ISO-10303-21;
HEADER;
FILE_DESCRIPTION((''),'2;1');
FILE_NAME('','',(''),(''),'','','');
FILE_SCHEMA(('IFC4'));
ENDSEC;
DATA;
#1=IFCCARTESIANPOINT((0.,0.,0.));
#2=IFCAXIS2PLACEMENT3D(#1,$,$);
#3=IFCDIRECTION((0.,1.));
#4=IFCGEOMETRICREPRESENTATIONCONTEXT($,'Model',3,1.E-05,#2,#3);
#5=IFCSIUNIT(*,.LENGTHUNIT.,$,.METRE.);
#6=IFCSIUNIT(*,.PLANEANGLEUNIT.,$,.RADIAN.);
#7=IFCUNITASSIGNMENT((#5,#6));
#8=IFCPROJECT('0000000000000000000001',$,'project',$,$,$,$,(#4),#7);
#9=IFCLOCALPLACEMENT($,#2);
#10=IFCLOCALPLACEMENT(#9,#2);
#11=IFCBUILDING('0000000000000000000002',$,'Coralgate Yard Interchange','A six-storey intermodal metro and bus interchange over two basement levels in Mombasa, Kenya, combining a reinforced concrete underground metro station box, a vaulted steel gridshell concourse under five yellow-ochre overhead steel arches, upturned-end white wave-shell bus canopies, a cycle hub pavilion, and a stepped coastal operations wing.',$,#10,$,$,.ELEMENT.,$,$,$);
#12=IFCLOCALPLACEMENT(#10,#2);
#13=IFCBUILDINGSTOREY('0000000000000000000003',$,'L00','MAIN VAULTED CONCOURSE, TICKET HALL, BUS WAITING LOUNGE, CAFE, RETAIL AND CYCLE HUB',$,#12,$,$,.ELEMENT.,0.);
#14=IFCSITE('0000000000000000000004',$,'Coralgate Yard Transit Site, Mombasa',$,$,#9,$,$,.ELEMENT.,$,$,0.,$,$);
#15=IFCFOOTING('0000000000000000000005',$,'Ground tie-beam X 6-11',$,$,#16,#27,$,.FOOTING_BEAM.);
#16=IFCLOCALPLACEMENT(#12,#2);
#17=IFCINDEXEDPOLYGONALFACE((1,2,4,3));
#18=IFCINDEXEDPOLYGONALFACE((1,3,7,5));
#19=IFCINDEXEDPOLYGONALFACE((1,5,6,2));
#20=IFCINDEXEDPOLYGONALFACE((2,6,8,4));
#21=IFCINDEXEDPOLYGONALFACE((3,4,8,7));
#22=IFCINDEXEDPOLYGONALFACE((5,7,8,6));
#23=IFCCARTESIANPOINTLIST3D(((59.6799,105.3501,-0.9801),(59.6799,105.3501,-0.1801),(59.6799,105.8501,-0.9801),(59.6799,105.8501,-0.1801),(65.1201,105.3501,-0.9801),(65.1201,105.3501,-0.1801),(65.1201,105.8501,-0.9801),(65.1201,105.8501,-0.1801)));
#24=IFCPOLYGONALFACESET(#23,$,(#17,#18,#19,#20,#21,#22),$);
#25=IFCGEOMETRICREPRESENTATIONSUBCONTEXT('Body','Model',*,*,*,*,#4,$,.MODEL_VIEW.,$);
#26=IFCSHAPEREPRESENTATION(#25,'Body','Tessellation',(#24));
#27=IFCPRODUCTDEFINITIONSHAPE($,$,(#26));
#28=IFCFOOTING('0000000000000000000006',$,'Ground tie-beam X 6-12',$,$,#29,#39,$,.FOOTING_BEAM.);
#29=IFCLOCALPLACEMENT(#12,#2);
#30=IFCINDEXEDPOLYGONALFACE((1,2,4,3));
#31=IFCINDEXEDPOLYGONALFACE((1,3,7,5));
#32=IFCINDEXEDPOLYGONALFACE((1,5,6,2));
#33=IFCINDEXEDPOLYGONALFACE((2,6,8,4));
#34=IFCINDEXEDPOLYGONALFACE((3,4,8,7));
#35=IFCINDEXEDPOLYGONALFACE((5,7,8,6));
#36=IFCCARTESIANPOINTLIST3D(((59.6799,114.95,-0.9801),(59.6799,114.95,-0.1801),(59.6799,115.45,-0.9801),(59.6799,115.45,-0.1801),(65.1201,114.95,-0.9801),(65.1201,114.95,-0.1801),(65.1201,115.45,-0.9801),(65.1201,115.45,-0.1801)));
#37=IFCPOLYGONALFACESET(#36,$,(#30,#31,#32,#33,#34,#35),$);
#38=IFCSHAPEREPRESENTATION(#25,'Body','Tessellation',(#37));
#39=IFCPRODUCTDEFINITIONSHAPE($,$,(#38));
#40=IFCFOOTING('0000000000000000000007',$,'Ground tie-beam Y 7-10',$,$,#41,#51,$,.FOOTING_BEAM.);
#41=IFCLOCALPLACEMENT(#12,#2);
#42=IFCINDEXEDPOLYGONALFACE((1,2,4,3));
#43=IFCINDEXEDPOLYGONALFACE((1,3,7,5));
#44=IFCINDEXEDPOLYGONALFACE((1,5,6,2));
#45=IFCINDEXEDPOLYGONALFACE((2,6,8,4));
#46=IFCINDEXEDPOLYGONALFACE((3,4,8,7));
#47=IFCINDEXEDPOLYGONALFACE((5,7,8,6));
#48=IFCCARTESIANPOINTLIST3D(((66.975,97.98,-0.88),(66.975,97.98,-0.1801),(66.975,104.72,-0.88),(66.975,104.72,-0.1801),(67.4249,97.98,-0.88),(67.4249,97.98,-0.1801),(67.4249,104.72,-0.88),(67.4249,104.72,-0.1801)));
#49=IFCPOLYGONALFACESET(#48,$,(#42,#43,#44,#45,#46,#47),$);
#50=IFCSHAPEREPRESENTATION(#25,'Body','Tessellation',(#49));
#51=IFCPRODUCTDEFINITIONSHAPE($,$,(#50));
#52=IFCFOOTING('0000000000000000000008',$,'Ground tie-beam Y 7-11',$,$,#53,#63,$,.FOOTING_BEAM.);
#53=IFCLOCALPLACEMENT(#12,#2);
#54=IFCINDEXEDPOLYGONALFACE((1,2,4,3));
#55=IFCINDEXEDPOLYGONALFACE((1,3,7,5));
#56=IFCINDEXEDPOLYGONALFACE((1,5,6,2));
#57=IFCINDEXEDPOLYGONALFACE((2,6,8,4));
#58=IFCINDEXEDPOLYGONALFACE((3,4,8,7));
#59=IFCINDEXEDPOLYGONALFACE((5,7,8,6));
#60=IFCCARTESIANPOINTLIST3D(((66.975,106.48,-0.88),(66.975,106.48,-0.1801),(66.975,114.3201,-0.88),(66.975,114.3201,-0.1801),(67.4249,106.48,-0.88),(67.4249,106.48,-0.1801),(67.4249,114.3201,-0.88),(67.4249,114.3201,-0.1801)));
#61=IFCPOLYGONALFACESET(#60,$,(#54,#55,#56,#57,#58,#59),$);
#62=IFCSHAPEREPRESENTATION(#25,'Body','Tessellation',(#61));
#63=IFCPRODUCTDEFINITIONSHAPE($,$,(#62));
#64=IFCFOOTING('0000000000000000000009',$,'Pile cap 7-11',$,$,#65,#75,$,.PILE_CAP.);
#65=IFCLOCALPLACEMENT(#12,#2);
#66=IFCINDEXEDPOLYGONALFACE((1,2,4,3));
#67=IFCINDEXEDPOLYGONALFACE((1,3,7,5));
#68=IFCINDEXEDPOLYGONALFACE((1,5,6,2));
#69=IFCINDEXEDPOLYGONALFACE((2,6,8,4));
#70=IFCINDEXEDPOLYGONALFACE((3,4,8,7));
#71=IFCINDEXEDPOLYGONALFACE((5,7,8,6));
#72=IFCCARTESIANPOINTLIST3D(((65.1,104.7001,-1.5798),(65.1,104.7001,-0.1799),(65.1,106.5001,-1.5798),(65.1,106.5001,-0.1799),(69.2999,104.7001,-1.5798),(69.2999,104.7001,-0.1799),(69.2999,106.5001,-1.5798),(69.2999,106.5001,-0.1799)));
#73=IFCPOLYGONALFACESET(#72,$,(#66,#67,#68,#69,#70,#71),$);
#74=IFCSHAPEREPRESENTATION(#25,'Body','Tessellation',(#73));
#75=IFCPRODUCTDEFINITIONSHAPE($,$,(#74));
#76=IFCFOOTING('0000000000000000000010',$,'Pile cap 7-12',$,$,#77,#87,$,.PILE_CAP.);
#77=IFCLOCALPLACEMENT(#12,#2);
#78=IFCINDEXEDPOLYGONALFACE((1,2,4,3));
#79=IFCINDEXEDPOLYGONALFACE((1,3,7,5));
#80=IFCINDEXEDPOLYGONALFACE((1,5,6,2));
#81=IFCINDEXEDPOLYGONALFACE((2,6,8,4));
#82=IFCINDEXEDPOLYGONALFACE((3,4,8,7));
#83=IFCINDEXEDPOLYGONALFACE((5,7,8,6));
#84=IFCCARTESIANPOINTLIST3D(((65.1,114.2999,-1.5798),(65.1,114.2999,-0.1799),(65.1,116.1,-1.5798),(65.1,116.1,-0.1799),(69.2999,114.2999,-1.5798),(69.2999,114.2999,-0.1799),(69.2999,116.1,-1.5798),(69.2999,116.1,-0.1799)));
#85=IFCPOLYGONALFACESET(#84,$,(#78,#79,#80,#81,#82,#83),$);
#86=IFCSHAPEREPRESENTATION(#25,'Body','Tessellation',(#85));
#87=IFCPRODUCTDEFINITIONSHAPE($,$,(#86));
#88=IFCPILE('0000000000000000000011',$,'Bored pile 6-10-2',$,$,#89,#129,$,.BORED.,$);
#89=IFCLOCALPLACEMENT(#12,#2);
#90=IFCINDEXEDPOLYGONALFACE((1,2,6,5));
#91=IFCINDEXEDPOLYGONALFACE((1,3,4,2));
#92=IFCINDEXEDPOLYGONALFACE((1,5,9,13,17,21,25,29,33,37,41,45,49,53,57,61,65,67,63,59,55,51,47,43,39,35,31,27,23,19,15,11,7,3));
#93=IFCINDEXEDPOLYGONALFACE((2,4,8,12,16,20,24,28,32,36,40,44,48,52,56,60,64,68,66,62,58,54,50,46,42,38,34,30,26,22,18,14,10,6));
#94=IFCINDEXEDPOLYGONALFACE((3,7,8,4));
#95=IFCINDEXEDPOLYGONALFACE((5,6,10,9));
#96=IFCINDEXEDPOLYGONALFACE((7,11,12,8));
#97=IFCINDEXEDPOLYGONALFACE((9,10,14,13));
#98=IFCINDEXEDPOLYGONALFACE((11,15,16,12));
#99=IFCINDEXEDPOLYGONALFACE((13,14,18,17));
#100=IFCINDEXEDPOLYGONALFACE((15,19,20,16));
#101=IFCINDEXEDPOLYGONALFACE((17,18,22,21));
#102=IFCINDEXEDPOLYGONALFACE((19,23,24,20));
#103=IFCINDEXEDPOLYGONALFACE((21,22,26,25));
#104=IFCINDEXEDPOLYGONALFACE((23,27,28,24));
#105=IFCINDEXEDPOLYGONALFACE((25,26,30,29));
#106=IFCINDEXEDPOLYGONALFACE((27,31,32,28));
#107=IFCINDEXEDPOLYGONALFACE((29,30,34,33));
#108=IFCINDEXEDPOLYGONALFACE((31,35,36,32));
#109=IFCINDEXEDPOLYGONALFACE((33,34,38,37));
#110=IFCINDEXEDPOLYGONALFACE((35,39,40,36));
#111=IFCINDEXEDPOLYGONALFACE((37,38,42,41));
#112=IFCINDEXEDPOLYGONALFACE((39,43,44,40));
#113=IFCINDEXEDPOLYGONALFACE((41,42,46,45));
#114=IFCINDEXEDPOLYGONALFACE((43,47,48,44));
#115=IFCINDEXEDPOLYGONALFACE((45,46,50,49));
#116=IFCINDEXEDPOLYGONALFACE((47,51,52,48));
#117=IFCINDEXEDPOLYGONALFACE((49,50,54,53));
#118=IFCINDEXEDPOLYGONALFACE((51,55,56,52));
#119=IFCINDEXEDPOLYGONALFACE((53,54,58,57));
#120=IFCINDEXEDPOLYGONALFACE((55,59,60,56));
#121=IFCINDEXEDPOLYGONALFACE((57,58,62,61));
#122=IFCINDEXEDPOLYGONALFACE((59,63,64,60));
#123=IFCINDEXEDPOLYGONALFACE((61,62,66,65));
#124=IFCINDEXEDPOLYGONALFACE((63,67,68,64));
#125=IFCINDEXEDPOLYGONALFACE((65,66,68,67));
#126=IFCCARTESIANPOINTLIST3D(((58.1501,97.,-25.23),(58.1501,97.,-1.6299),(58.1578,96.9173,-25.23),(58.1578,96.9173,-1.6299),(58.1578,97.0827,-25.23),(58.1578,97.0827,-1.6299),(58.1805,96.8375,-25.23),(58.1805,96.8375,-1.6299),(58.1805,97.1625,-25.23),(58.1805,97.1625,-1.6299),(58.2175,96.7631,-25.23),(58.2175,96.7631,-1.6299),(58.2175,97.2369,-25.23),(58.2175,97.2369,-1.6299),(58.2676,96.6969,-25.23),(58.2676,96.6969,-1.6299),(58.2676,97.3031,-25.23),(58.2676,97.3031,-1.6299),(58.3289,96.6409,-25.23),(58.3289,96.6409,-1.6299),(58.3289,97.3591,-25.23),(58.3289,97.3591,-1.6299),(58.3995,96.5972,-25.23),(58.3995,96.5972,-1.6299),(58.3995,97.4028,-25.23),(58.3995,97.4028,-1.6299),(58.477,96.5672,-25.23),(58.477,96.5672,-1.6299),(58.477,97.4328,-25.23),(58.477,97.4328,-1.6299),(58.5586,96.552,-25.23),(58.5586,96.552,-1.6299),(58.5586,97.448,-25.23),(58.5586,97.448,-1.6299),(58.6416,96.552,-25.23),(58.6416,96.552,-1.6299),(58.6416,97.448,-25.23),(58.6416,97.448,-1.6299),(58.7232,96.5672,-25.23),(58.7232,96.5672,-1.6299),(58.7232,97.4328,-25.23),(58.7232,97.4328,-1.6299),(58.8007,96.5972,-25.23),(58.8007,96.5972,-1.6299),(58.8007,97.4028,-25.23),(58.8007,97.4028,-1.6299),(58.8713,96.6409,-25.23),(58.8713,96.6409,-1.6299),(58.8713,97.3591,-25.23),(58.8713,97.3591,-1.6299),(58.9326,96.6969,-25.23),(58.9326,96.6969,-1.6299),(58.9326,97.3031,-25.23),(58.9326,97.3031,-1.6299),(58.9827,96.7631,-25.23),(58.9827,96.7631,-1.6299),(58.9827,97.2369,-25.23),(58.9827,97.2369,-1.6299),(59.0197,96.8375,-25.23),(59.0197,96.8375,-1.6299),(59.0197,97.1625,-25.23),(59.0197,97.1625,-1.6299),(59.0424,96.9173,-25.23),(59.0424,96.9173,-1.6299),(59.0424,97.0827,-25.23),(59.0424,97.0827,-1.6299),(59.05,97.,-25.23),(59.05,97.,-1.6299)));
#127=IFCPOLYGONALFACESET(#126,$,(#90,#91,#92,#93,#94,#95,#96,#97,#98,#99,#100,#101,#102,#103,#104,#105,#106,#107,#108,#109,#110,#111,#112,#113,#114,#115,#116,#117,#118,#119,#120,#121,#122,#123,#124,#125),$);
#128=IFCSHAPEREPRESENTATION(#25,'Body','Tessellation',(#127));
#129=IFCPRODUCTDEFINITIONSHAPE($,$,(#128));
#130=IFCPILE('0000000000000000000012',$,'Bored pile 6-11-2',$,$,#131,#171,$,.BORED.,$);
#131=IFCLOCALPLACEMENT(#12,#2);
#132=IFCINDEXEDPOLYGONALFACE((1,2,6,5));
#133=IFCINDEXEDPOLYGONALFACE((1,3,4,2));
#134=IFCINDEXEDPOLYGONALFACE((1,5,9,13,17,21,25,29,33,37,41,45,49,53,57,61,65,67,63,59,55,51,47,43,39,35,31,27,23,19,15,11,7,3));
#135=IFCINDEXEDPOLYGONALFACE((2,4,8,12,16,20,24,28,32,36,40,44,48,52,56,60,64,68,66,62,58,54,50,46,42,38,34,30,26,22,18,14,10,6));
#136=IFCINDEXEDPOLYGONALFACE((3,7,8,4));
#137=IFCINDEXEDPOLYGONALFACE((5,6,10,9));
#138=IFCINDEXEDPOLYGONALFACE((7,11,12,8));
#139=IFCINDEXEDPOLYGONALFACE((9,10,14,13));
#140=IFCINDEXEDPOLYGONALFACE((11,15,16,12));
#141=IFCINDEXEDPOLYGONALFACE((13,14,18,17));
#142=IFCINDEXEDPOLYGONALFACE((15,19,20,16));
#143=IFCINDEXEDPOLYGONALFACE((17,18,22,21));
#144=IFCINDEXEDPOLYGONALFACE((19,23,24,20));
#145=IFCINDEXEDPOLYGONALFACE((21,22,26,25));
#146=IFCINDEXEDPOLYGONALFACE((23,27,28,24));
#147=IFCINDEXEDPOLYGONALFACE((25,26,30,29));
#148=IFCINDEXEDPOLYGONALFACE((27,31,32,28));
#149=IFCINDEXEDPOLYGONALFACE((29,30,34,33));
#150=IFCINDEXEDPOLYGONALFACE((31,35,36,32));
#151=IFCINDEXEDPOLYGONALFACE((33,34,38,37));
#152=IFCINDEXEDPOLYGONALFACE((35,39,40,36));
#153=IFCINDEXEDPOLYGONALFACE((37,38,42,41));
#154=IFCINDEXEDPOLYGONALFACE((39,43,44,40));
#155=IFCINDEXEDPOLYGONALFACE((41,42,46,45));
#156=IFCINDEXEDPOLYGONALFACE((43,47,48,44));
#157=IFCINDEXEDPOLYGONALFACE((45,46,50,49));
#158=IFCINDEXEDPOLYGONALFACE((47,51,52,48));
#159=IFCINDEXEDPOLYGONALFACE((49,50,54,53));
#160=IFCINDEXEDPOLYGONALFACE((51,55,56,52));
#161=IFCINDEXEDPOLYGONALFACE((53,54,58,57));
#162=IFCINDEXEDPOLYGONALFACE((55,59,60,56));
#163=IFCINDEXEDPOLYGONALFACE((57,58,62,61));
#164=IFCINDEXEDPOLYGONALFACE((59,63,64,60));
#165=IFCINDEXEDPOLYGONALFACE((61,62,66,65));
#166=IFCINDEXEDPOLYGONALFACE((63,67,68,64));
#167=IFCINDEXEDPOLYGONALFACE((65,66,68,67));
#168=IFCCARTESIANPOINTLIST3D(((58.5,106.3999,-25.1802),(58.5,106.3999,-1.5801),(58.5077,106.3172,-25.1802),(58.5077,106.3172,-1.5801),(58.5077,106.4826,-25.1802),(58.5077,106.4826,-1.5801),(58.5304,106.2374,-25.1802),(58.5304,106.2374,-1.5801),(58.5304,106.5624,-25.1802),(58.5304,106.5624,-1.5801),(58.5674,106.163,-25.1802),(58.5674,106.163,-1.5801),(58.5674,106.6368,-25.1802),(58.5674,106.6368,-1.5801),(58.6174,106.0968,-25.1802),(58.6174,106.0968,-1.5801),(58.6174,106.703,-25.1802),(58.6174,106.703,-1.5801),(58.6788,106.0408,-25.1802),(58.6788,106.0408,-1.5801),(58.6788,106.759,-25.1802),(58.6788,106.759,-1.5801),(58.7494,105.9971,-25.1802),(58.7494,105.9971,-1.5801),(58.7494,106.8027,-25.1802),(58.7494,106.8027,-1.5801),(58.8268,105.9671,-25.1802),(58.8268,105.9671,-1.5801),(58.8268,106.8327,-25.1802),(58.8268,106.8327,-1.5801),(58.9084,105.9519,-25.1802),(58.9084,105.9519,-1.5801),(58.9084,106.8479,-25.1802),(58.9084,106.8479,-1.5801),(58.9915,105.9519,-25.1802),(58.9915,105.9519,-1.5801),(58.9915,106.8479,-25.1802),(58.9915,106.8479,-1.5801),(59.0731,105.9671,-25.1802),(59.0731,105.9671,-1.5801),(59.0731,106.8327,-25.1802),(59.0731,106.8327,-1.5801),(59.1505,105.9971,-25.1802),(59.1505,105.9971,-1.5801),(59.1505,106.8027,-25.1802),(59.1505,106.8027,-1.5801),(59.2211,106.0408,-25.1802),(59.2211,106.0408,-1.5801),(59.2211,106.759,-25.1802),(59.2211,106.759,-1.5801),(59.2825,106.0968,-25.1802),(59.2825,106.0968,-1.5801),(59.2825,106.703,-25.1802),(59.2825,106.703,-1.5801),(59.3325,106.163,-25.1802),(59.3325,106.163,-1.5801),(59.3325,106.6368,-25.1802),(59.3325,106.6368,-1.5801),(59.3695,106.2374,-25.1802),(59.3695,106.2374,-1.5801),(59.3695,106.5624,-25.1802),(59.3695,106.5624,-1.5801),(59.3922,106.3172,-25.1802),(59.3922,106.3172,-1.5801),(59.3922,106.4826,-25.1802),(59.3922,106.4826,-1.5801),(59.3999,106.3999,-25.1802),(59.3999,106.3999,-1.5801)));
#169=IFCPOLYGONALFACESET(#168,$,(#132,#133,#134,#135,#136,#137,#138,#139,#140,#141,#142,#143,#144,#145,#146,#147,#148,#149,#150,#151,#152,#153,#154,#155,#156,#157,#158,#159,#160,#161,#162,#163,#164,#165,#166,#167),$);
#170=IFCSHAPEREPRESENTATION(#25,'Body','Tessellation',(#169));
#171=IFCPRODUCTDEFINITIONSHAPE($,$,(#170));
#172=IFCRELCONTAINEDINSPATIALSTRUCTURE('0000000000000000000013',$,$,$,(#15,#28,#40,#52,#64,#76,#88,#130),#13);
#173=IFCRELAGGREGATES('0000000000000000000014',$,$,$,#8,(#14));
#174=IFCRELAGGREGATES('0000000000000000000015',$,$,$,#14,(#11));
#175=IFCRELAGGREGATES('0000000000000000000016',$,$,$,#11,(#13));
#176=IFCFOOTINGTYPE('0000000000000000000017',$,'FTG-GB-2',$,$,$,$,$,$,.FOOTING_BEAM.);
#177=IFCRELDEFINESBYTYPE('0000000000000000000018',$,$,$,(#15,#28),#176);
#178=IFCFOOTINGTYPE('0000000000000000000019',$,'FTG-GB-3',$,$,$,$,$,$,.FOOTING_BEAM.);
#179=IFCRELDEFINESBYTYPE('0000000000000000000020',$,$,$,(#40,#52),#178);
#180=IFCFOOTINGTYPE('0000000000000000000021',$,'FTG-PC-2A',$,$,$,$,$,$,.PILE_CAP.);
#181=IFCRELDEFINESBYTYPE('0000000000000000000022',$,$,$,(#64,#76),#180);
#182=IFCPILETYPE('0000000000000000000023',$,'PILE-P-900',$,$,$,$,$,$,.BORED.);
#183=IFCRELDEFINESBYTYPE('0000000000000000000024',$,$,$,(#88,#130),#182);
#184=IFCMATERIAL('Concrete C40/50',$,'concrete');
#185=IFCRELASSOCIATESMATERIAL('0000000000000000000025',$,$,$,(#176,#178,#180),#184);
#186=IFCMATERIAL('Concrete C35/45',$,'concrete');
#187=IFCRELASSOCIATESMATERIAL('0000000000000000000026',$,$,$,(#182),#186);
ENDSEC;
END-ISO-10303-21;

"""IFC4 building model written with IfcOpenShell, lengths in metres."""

from ifc_helpers import new_model, si_unit, direction, frame, origin, origin_2d, place, context, subcontext, project, spatial, rectangle, circle, extrude, material, material_profile, profile_set, type_object, element, save


model = new_model("IFC4")

# Units and contexts
model_context = context("Model", 3, precision=1e-05, world=origin(), true_north=direction((0.0, 1.0)))
body_context = subcontext(model_context, "Body", "Model", "MODEL_VIEW")
ifc_project = project(units=[si_unit("LENGTHUNIT", "METRE"), si_unit("PLANEANGLEUNIT", "RADIAN")], contexts=[model_context])

# Site, building, storey
site_placement = place(None, origin())
site = spatial("IfcSite", under=ifc_project, at=site_placement, Name="Coralgate Yard Transit Site, Mombasa", CompositionType="ELEMENT", RefElevation=0.0)
building_placement = place(site_placement, origin())
building = spatial("IfcBuilding", under=site, at=building_placement, Name="Coralgate Yard Interchange", Description="A six-storey intermodal metro and bus interchange over two basement levels in Mombasa, Kenya, combining a reinforced concrete underground metro station box, a vaulted steel gridshell concourse under five yellow-ochre overhead steel arches, upturned-end white wave-shell bus canopies, a cycle hub pavilion, and a stepped coastal operations wing.", CompositionType="ELEMENT")
storey_placement = place(building_placement, origin())
storey = spatial("IfcBuildingStorey", under=building, at=storey_placement, Name="L00", Description="MAIN VAULTED CONCOURSE, TICKET HALL, BUS WAITING LOUNGE, CAFE, RETAIL AND CYCLE HUB", CompositionType="ELEMENT", Elevation=0.0)

# Footings
ifc_material_1 = material(Name="Concrete C40/50", Category="concrete")
ifc_material_profile_1 = material_profile(ifc_material_1, rectangle(XDim=0.5, YDim=0.8, at=origin_2d()), Name="RC 500x800")
ifc_profile_set_1 = profile_set([ifc_material_profile_1], Name="Concrete C40/50")
footing_type_1 = type_object("IfcFootingType", Name="FTG-GB-2", PredefinedType="FOOTING_BEAM", material=ifc_profile_set_1)
for number, where, z_axis, x_axis, name in (
    (1, (59.6799, 105.6001, -0.5801), (1.0, 0.0, 0.0), (0.0, 1.0, 0.0), "Ground tie-beam X 6-11"),
    (2, (59.6799, 115.2, -0.5801), (1.0, 0.0, 0.0), (0.0, 1.0, 0.0), "Ground tie-beam X 6-12"),
):
    element("IfcFooting", number, at=place(storey_placement, frame(where, z_axis=z_axis, x_axis=x_axis)), inside=storey, type_object=footing_type_1, Name=name, PredefinedType="FOOTING_BEAM", context=body_context, shape_type="SweptSolid", body=[
        extrude(rectangle(XDim=0.5, YDim=0.8, at=origin_2d()), origin(), (0.0, 0.0, 1.0), 5.4402),
    ])
ifc_material_profile_2 = material_profile(ifc_material_1, rectangle(XDim=0.45, YDim=0.7, at=origin_2d()), Name="RC 450x700")
ifc_profile_set_2 = profile_set([ifc_material_profile_2], Name="Concrete C40/50")
footing_type_2 = type_object("IfcFootingType", Name="FTG-GB-3", PredefinedType="FOOTING_BEAM", material=ifc_profile_set_2)
footing_1_placement = place(storey_placement, frame((67.2, 97.98, -0.53), z_axis=(0.0, 1.0, 0.0), x_axis=(-1.0, 0.0, 0.0)))
element("IfcFooting", 3, at=footing_1_placement, inside=storey, type_object=footing_type_2, Name="Ground tie-beam Y 7-10", PredefinedType="FOOTING_BEAM", context=body_context, shape_type="SweptSolid", body=[
    extrude(rectangle(XDim=0.45, YDim=0.7, at=origin_2d()), origin(), (0.0, 0.0, 1.0), 6.74),
])
footing_2_placement = place(storey_placement, frame((67.2, 106.48, -0.53), z_axis=(0.0, 1.0, 0.0), x_axis=(-1.0, 0.0, 0.0)))
element("IfcFooting", 4, at=footing_2_placement, inside=storey, type_object=footing_type_2, Name="Ground tie-beam Y 7-11", PredefinedType="FOOTING_BEAM", context=body_context, shape_type="SweptSolid", body=[
    extrude(rectangle(XDim=0.45, YDim=0.7, at=origin_2d()), origin(), (0.0, 0.0, 1.0), 7.8401),
])
footing_type_3 = type_object("IfcFootingType", Name="FTG-PC-2A", PredefinedType="PILE_CAP", material=ifc_material_1)
for number, where, z_axis, x_axis, name in (
    (5, (67.2, 105.6001, -1.5798), (0.0, 0.0, 1.0), (1.0, 0.0, 0.0), "Pile cap 7-11"),
    (6, (67.2, 115.2, -1.5798), (0.0, 0.0, 1.0), (1.0, 0.0, 0.0), "Pile cap 7-12"),
):
    element("IfcFooting", number, at=place(storey_placement, frame(where, z_axis=z_axis, x_axis=x_axis)), inside=storey, type_object=footing_type_3, Name=name, PredefinedType="PILE_CAP", context=body_context, shape_type="SweptSolid", body=[
        extrude(rectangle(XDim=4.2, YDim=1.8, at=origin_2d()), origin(), (0.0, 0.0, 1.0), 1.3999),
    ])

# Piles
ifc_material_2 = material(Name="Concrete C35/45", Category="concrete")
ifc_material_profile_3 = material_profile(ifc_material_2, circle(Radius=0.45, at=origin_2d()), Name="BORED PILE D900")
ifc_profile_set_3 = profile_set([ifc_material_profile_3], Name="Concrete C35/45")
pile_type = type_object("IfcPileType", Name="PILE-P-900", PredefinedType="BORED", material=ifc_profile_set_3)
for number, where, z_axis, x_axis, name in (
    (7, (58.6001, 97.0, -1.6299), (0.0, 0.0, -1.0), (1.0, 0.0, 0.0), "Bored pile 6-10-2"),
    (8, (58.95, 106.3999, -1.5801), (0.0, 0.0, -1.0), (1.0, 0.0, 0.0), "Bored pile 6-11-2"),
):
    element("IfcPile", number, at=place(storey_placement, frame(where, z_axis=z_axis, x_axis=x_axis)), inside=storey, type_object=pile_type, Name=name, PredefinedType="BORED", context=body_context, shape_type="SweptSolid", body=[
        extrude(circle(Radius=0.45, at=origin_2d()), origin(), (0.0, 0.0, 1.0), 23.6001),
    ])

save(model, "model.ifc")
